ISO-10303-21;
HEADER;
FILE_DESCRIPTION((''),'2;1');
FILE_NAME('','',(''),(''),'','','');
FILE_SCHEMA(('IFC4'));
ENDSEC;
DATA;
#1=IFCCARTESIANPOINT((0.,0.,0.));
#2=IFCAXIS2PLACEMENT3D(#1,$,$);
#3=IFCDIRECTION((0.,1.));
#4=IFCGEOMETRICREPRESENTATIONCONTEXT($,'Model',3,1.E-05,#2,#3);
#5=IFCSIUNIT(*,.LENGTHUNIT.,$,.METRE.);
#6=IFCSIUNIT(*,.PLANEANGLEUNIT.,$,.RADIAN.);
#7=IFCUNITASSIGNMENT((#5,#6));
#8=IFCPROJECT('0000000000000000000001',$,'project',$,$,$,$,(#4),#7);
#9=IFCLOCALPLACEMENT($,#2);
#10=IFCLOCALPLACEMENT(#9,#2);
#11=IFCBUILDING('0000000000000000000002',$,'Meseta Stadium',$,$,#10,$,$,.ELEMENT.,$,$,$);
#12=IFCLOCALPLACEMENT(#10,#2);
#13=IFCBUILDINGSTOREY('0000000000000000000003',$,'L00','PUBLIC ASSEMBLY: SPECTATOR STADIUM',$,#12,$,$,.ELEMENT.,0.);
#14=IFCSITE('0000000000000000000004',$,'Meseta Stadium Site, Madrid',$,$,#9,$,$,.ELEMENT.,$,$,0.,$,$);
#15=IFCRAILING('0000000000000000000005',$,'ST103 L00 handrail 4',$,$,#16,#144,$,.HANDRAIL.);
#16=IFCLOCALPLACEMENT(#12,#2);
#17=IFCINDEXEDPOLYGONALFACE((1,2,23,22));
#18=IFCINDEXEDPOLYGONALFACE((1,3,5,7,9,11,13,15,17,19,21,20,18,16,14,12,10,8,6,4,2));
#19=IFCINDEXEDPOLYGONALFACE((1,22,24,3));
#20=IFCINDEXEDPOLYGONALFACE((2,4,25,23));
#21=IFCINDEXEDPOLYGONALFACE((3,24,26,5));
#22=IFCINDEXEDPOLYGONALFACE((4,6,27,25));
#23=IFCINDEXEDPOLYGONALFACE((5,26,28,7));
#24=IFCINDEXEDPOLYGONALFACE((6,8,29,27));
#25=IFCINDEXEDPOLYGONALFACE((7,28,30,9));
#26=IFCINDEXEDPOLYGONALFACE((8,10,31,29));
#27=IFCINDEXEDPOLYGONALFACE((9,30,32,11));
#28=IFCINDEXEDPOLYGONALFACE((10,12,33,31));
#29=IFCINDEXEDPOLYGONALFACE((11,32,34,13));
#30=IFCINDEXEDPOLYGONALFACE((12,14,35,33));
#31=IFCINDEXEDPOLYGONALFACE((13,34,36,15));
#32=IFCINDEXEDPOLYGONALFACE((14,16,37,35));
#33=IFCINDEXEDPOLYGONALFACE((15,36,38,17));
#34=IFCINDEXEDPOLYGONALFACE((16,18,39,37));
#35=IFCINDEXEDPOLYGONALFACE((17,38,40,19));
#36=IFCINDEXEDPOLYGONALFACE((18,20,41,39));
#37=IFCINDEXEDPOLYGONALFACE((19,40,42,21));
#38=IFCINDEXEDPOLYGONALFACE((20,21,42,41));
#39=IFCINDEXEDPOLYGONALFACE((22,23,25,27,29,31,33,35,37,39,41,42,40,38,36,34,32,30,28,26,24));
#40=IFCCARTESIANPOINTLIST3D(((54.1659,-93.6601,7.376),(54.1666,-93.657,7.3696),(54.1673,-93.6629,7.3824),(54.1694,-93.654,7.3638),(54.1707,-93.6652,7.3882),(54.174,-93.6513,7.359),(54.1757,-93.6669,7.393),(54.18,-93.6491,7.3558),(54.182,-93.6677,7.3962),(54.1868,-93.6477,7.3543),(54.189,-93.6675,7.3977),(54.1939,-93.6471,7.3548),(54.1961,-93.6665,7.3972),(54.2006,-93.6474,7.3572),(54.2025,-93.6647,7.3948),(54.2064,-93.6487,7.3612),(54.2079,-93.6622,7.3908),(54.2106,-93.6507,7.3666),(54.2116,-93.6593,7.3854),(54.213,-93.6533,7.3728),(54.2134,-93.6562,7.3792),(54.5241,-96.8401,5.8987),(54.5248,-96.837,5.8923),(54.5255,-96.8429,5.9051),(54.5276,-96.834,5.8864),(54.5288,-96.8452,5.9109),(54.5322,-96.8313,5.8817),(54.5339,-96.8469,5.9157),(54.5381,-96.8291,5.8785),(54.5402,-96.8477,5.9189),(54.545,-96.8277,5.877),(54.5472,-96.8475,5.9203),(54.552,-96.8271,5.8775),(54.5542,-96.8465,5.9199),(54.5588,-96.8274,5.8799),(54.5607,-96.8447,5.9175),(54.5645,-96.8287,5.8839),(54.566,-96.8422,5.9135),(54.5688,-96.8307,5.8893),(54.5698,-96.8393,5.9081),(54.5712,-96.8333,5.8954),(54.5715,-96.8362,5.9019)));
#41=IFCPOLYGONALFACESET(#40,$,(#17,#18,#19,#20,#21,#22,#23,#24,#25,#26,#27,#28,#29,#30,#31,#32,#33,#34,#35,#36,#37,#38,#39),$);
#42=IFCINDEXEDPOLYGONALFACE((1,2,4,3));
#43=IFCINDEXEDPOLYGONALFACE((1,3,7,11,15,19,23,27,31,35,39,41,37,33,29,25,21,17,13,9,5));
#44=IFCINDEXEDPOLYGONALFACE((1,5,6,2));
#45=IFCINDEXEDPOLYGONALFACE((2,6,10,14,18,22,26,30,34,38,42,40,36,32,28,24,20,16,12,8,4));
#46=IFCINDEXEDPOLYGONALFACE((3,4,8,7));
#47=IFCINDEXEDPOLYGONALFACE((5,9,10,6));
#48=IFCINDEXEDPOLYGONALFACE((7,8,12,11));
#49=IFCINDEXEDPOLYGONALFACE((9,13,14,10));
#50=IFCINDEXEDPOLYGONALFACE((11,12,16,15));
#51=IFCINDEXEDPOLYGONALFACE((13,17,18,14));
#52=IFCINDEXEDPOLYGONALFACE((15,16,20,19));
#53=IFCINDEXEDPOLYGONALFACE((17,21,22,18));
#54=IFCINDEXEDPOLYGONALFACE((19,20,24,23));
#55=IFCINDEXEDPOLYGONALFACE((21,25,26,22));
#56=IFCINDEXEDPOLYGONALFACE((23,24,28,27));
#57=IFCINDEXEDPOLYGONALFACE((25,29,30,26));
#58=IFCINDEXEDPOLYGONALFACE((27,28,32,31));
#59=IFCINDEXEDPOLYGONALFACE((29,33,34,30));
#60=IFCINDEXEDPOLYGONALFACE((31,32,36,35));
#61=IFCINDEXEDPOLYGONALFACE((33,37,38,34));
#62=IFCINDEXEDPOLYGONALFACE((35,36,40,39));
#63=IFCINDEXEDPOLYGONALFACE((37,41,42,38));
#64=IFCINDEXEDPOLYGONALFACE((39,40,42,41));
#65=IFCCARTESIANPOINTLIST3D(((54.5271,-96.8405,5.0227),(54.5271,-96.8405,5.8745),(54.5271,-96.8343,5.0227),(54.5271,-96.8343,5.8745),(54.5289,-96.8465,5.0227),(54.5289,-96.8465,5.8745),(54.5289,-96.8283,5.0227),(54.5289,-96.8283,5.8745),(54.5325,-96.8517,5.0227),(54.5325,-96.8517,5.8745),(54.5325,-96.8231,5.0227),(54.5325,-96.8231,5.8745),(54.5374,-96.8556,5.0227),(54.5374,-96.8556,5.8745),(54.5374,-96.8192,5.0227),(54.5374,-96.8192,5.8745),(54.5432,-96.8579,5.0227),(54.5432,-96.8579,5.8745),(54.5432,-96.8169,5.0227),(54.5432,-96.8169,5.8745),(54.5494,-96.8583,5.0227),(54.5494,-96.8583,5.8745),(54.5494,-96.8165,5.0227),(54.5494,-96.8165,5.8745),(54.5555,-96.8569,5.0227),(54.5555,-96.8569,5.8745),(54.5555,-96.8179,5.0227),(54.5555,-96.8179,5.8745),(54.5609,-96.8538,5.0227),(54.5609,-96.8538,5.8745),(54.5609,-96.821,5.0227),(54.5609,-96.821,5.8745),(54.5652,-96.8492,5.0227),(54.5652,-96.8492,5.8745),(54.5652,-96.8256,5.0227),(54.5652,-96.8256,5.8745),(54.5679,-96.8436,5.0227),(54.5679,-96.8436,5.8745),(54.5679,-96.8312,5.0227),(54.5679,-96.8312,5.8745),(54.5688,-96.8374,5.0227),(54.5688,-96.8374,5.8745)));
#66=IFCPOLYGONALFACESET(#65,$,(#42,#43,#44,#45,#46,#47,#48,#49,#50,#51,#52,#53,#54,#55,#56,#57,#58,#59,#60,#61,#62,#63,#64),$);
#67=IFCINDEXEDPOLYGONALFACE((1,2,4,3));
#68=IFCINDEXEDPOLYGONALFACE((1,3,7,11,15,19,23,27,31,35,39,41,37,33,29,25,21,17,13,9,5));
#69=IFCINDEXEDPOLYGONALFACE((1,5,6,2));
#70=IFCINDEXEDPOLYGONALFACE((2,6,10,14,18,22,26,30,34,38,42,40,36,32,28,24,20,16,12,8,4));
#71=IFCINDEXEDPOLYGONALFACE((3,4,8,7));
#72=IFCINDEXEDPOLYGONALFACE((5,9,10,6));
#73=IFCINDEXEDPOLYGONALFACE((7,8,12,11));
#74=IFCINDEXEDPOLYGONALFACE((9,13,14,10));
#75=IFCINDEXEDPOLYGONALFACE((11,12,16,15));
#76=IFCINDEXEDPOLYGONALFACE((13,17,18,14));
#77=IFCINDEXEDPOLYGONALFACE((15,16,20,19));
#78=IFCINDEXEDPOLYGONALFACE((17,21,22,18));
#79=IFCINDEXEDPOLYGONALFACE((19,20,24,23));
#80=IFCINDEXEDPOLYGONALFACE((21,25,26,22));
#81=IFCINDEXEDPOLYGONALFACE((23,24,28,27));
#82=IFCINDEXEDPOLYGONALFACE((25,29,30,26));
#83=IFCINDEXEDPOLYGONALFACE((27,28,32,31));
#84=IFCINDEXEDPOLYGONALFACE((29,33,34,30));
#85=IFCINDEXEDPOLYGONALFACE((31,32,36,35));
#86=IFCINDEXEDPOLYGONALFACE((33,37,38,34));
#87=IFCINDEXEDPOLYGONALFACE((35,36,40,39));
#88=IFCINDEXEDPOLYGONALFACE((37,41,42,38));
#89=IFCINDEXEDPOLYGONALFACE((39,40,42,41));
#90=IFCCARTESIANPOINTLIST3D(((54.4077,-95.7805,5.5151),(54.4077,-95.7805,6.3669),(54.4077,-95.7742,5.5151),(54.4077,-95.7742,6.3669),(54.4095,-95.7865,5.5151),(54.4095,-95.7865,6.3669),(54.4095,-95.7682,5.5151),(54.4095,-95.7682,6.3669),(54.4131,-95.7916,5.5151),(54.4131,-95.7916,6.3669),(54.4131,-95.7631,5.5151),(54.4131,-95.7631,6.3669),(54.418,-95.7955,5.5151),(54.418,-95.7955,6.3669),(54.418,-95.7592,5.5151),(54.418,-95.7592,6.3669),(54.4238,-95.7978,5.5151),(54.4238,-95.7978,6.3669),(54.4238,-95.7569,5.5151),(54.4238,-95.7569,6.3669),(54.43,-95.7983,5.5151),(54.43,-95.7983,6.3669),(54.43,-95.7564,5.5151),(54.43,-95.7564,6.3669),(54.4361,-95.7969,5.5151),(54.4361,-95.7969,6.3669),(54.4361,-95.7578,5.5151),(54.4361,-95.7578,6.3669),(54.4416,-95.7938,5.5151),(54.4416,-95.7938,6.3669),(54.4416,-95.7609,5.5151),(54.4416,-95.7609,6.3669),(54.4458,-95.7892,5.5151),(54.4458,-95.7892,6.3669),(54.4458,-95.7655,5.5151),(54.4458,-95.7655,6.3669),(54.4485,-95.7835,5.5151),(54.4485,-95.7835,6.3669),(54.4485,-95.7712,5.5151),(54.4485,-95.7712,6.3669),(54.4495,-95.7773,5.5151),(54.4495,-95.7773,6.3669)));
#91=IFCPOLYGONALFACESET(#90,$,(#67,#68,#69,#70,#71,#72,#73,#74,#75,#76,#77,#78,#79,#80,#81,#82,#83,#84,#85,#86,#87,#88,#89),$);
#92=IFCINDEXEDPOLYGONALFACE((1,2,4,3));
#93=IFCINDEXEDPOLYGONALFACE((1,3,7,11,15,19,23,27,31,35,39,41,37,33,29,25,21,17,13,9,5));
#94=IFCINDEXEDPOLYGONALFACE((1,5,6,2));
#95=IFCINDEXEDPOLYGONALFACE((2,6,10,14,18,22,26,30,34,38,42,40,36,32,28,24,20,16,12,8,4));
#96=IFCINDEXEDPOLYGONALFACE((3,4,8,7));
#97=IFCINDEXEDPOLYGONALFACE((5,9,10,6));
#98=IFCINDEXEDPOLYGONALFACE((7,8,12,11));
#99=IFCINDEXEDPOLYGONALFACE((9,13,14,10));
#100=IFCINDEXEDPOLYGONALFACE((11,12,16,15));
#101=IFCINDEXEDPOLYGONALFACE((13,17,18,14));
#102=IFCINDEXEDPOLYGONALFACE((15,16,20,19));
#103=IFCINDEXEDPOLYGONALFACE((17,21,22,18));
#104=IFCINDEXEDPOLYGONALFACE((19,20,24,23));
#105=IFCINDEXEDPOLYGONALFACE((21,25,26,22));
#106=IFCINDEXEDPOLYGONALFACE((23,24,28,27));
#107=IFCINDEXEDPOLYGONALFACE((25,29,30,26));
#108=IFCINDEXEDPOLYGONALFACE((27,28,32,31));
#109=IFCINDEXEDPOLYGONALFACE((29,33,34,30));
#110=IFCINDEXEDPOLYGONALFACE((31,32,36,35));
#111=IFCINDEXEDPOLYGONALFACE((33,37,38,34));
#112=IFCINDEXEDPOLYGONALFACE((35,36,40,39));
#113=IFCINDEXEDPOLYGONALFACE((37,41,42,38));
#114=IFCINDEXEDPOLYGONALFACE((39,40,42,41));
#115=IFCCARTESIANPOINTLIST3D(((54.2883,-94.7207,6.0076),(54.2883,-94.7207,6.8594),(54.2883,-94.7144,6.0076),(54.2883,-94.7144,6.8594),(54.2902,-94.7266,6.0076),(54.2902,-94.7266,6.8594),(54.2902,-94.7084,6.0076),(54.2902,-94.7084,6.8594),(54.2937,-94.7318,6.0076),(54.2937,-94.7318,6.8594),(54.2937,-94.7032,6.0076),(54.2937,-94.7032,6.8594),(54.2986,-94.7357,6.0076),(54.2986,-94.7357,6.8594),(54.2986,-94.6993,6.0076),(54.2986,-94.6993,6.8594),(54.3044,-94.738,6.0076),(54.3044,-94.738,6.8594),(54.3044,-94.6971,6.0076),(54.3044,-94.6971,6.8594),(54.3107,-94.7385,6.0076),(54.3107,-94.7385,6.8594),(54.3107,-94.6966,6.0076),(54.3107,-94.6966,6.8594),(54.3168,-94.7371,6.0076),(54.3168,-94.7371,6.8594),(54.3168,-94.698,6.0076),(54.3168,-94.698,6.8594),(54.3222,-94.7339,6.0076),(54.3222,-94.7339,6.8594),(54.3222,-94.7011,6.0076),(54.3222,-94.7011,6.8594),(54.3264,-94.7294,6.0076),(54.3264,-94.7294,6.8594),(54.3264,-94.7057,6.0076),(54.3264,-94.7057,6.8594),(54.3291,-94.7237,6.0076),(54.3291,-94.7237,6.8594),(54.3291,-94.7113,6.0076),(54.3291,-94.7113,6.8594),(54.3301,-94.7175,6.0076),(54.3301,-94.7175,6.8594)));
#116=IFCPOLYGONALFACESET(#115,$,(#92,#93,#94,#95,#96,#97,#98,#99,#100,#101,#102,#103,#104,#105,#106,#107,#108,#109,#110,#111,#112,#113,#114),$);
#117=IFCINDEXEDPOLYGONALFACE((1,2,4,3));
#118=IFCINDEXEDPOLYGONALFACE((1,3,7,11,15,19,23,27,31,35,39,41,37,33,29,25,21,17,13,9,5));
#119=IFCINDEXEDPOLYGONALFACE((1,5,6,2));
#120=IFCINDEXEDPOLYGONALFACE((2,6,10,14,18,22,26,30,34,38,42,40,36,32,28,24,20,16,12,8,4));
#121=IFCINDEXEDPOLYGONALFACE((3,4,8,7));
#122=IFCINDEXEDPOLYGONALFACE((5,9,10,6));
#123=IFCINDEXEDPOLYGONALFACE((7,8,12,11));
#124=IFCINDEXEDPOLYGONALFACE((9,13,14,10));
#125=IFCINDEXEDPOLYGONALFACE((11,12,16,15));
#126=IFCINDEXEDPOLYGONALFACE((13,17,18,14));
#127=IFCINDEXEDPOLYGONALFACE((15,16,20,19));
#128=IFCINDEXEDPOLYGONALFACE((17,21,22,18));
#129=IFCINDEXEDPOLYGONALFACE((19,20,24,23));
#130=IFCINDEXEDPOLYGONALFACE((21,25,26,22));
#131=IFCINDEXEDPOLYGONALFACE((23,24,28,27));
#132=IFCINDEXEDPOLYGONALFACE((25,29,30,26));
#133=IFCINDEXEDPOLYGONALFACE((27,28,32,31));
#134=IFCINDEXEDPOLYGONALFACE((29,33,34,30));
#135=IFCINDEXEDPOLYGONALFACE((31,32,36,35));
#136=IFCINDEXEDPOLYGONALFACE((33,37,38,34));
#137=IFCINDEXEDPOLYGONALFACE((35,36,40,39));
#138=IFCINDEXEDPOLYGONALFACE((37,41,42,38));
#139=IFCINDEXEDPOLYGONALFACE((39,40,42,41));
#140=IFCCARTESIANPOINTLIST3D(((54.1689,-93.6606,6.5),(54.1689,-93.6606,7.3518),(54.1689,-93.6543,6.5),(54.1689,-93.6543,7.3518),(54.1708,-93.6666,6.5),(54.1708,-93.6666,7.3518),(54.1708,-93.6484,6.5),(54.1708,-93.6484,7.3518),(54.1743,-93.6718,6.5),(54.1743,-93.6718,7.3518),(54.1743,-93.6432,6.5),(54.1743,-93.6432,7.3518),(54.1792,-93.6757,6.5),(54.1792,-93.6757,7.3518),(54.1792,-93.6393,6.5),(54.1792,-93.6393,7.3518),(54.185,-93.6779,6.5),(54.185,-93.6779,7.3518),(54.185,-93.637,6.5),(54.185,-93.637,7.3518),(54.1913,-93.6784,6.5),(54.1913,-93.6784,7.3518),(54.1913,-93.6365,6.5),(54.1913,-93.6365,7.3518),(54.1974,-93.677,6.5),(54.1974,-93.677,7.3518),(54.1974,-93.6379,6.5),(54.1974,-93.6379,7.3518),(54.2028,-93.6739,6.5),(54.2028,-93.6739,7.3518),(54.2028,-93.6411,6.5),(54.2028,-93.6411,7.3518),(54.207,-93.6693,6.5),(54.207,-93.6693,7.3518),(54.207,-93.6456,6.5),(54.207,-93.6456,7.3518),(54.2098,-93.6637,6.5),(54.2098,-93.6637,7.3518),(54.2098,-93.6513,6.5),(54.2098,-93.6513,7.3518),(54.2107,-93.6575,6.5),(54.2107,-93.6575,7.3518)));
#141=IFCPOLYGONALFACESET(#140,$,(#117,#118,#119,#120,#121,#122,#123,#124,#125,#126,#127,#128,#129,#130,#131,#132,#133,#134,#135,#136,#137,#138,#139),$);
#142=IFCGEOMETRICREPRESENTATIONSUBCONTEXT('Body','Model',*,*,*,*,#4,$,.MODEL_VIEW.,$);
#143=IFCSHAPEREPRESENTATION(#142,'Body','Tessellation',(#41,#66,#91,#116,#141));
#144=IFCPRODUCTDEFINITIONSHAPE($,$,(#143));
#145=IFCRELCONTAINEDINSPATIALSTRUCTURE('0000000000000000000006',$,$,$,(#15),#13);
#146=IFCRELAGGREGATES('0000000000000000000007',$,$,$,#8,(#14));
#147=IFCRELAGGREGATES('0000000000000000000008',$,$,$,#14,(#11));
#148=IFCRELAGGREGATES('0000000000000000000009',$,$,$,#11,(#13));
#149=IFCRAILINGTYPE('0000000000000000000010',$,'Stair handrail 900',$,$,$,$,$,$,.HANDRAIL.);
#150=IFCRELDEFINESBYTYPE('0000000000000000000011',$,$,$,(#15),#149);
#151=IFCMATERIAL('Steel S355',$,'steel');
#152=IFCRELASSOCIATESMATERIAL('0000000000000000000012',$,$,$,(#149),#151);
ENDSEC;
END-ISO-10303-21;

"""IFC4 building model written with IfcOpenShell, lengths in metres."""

from ifc_helpers import new_model, si_unit, direction, frame, origin, origin_2d, place, context, subcontext, project, spatial, circle, extrude, material, type_object, element, save


model = new_model("IFC4")

# Units and contexts
model_context = context("Model", 3, precision=1e-05, world=origin(), true_north=direction((0.0, 1.0)))
body_context = subcontext(model_context, "Body", "Model", "MODEL_VIEW")
ifc_project = project(units=[si_unit("LENGTHUNIT", "METRE"), si_unit("PLANEANGLEUNIT", "RADIAN")], contexts=[model_context])

# Site, building, storey
site_placement = place(None, origin())
site = spatial("IfcSite", under=ifc_project, at=site_placement, Name="Meseta Stadium Site, Madrid", CompositionType="ELEMENT", RefElevation=0.0)
building_placement = place(site_placement, origin())
building = spatial("IfcBuilding", under=site, at=building_placement, Name="Meseta Stadium", CompositionType="ELEMENT")
storey_placement = place(building_placement, origin())
storey = spatial("IfcBuildingStorey", under=building, at=storey_placement, Name="L00", Description="PUBLIC ASSEMBLY: SPECTATOR STADIUM", CompositionType="ELEMENT", Elevation=0.0)

# Railing
ifc_material_1 = material(Name="Steel S355", Category="steel")
railing_type_1 = type_object("IfcRailingType", Name="Stair handrail 900", PredefinedType="HANDRAIL", material=ifc_material_1)
for number, where, name in (
    (1, (54.5479, -96.8374, 5.0227), "ST103 L00 handrail 4"),
):
    element("IfcRailing", number, at=place(storey_placement, frame(where)), inside=storey, type_object=railing_type_1, Name=name, PredefinedType="HANDRAIL", context=body_context, shape_type="SweptSolid", body=[
        extrude(circle(Radius=0.0239, at=origin_2d()), frame((0.0, 0.0, 0.876), z_axis=(-0.101616, 0.902217, 0.419141), x_axis=(-0.993717, -0.111922, 0.0)), (0.0, 0.0, 1.0), 3.5247),
        extrude(circle(Radius=0.021, at=origin_2d()), origin(), (0.0, 0.0, 1.0), 0.8518),
        extrude(circle(Radius=0.021, at=origin_2d()), frame((-0.1194, 1.0601, 0.4924)), (0.0, 0.0, 1.0), 0.8518),
        extrude(circle(Radius=0.021, at=origin_2d()), frame((-0.2388, 2.1199, 0.9849)), (0.0, 0.0, 1.0), 0.8518),
        extrude(circle(Radius=0.021, at=origin_2d()), frame((-0.3582, 3.1799, 1.4773)), (0.0, 0.0, 1.0), 0.8518),
    ])

save(model, "model.ifc")
